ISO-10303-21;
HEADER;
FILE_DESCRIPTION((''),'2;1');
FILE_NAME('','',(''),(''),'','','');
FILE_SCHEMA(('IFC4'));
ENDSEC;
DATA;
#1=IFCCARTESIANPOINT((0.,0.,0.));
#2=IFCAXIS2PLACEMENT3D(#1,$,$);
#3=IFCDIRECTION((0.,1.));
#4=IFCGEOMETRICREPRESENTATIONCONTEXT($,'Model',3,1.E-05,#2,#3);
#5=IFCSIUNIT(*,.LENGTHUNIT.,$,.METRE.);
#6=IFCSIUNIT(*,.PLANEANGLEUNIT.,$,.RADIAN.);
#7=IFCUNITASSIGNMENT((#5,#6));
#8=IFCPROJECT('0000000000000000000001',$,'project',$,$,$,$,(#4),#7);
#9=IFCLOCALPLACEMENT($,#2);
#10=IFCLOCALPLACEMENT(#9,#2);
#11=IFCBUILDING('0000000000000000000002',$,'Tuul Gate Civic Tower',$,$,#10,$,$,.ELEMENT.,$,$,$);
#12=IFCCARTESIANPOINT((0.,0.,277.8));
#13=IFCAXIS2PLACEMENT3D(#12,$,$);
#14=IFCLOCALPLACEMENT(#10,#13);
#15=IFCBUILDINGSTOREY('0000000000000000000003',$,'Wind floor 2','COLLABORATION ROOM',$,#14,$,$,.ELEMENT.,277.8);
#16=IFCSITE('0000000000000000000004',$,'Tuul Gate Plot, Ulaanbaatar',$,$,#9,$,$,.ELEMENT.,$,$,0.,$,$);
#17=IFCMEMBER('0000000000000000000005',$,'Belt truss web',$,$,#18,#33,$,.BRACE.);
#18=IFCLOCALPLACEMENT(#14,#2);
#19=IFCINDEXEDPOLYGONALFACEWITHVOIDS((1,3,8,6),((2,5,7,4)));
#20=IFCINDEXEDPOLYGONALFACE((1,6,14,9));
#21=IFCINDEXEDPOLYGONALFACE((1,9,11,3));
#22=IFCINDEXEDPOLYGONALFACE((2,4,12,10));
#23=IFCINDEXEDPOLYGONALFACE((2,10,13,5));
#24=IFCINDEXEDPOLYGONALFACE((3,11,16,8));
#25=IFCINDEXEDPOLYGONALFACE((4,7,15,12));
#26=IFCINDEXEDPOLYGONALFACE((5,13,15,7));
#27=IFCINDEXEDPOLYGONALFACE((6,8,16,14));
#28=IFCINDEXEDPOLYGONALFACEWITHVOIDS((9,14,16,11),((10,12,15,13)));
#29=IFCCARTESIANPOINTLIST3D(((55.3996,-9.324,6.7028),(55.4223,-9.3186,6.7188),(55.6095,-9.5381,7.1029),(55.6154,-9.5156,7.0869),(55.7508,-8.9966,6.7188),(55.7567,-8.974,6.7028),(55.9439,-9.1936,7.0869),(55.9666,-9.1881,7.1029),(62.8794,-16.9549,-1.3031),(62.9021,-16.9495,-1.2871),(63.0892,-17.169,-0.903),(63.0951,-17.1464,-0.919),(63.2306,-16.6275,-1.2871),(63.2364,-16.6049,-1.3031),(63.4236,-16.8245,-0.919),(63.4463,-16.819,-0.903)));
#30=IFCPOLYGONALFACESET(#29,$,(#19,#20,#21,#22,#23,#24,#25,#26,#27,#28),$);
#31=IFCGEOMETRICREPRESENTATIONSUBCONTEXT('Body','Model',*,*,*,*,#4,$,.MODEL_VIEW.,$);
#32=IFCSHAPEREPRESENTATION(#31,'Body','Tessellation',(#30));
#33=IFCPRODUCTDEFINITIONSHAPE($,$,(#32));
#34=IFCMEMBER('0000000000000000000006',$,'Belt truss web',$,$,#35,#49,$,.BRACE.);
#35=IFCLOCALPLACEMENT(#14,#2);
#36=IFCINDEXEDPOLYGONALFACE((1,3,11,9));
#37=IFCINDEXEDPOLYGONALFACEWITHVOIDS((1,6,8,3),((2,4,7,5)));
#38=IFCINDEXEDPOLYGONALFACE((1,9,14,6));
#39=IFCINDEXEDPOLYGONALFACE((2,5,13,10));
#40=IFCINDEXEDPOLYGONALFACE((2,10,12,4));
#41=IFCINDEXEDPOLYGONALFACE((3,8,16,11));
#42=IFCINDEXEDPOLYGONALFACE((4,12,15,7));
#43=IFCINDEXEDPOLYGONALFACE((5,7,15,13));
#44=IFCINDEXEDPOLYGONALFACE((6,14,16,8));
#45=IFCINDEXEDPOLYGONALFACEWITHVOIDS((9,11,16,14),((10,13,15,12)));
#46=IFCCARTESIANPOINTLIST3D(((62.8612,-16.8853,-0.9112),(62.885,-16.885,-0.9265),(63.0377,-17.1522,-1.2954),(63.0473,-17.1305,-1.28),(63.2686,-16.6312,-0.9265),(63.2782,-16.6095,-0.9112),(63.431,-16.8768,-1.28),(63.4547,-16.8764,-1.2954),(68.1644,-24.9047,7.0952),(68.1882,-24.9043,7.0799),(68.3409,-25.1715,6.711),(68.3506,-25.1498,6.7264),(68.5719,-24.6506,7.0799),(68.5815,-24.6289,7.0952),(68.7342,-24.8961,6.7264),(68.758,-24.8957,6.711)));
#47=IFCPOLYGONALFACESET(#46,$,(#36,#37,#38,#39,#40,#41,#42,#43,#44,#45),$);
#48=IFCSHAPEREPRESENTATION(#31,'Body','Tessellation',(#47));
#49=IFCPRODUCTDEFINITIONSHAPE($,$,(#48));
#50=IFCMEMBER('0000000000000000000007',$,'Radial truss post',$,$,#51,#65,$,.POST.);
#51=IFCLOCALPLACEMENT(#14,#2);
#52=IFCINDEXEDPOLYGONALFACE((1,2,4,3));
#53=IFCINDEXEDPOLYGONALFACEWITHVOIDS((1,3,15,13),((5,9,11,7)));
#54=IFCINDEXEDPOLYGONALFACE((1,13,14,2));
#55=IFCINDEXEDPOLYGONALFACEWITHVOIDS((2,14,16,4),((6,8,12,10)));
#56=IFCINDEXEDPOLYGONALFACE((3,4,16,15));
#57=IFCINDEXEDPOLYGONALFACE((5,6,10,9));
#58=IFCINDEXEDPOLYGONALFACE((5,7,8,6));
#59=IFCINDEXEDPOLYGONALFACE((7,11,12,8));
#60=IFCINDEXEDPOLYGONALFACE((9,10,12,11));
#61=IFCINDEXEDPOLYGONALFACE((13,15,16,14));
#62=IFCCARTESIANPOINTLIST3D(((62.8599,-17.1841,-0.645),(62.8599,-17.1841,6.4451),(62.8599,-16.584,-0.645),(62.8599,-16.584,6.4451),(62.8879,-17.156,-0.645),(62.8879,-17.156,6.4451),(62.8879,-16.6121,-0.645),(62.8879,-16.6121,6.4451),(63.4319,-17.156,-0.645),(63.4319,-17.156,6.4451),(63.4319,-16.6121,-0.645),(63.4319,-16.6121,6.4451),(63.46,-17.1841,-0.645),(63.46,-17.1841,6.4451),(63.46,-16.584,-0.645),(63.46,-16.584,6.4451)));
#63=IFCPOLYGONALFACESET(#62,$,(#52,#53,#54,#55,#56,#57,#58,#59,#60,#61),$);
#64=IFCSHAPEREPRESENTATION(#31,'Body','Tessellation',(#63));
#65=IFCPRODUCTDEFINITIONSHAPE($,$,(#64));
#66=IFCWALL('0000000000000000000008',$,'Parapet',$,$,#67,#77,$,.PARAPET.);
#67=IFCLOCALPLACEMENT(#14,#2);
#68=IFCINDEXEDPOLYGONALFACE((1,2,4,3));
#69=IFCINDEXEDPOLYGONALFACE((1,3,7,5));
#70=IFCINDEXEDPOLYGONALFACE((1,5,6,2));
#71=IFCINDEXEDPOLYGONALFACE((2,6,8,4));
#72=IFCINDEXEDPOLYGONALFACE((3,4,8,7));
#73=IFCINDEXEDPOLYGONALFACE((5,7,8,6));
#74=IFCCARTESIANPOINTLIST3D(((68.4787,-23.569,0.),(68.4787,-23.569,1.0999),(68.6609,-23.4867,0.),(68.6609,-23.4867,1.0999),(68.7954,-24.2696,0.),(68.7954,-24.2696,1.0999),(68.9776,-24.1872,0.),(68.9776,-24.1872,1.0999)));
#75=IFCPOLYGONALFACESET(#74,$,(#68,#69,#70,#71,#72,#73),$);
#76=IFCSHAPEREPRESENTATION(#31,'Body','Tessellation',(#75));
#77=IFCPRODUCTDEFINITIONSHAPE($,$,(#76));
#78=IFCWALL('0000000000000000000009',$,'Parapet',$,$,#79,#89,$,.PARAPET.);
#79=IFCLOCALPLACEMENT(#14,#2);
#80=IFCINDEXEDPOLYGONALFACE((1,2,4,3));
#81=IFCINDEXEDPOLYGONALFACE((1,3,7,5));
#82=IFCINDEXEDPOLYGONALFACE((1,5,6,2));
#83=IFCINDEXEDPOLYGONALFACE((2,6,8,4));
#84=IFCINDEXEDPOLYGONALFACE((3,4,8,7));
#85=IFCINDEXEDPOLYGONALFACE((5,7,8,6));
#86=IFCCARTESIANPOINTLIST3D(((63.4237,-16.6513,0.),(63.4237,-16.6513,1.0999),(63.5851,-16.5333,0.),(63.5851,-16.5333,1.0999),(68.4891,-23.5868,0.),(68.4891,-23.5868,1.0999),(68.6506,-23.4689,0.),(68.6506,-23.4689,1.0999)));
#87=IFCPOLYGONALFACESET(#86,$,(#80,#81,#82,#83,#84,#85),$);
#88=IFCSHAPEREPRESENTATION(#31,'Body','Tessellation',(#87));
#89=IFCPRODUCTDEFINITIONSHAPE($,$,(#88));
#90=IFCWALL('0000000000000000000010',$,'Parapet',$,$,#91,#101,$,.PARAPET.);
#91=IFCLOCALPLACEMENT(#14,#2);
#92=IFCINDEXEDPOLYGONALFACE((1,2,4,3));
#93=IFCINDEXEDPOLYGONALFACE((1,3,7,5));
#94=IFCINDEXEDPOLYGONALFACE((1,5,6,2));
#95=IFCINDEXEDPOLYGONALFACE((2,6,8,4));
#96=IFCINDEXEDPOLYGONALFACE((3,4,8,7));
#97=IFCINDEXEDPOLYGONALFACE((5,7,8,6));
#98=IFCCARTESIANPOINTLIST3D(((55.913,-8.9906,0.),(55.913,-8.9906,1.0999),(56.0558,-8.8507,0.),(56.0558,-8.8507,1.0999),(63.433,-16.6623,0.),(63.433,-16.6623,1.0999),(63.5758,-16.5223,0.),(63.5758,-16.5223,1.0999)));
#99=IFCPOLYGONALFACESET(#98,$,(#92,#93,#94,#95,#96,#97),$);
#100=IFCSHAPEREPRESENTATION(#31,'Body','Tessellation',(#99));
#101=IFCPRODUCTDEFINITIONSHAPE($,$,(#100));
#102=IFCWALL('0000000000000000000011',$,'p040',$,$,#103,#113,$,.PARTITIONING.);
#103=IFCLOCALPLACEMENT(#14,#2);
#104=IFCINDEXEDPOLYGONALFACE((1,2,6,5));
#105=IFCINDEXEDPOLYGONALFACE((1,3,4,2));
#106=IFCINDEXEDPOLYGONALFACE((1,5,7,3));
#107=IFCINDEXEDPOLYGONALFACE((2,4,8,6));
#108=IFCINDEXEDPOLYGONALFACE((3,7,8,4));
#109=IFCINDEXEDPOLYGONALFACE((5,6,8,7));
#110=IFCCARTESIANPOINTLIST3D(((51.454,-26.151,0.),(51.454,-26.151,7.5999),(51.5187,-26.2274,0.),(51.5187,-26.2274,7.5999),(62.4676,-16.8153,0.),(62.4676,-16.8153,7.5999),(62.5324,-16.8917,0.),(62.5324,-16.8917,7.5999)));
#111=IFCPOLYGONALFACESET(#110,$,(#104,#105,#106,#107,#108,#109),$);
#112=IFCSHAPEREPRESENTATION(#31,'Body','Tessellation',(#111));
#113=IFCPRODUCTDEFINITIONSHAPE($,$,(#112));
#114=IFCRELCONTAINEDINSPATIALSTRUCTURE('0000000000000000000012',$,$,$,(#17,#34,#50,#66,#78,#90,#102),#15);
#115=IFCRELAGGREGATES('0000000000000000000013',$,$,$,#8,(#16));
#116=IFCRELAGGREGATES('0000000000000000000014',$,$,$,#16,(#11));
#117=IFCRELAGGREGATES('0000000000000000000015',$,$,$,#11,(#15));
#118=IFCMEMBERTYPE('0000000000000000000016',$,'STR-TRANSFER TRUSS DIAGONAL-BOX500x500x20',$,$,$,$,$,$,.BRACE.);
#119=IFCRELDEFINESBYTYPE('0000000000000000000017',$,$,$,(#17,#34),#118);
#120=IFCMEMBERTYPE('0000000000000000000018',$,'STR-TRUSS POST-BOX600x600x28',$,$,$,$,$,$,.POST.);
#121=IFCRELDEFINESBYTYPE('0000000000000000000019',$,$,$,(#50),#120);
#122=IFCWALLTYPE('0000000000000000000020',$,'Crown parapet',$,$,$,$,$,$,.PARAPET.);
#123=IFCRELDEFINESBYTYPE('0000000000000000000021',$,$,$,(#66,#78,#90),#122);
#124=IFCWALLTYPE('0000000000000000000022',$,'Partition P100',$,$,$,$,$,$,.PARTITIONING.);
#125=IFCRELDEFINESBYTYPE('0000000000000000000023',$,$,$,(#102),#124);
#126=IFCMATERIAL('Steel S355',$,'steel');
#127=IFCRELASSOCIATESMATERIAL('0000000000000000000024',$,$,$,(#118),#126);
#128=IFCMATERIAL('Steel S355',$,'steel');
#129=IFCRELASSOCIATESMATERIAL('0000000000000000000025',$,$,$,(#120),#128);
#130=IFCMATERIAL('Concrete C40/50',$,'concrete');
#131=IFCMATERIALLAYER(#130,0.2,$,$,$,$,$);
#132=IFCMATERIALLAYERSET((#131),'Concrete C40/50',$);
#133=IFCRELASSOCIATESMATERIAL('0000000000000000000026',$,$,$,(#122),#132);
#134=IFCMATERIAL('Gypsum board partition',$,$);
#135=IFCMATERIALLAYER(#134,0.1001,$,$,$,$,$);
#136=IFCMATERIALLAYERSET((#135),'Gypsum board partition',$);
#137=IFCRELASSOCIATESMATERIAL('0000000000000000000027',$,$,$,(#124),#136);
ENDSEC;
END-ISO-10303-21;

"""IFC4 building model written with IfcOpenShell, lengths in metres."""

from ifc_helpers import new_model, si_unit, direction, frame, frame_2d, origin, origin_2d, place, context, subcontext, project, spatial, rectangle, hollow_rectangle, extrude, material, layer, layer_set, material_profile, profile_set, type_object, element, save


model = new_model("IFC4")

# Units and contexts
model_context = context("Model", 3, precision=1e-05, world=origin(), true_north=direction((0.0, 1.0)))
body_context = subcontext(model_context, "Body", "Model", "MODEL_VIEW")
ifc_project = project(units=[si_unit("LENGTHUNIT", "METRE"), si_unit("PLANEANGLEUNIT", "RADIAN")], contexts=[model_context])

# Site, building, storey
site_placement = place(None, origin())
site = spatial("IfcSite", under=ifc_project, at=site_placement, Name="Tuul Gate Plot, Ulaanbaatar", CompositionType="ELEMENT", RefElevation=0.0)
building_placement = place(site_placement, origin())
building = spatial("IfcBuilding", under=site, at=building_placement, Name="Tuul Gate Civic Tower", CompositionType="ELEMENT")
storey_placement = place(building_placement, frame((0.0, 0.0, 277.8)))
storey = spatial("IfcBuildingStorey", under=building, at=storey_placement, Name="Wind floor 2", Description="COLLABORATION ROOM", CompositionType="ELEMENT", Elevation=277.8)

# Members
ifc_material_1 = material(Name="Steel S355", Category="steel")
ifc_material_profile_1 = material_profile(ifc_material_1, hollow_rectangle(XDim=0.5, YDim=0.5, WallThickness=0.02, at=origin_2d()), Name="BOX500x500x20")
ifc_profile_set_1 = profile_set([ifc_material_profile_1], Name="Steel S355")
member_type_1 = type_object("IfcMemberType", Name="STR-TRANSFER TRUSS DIAGONAL-BOX500x500x20", PredefinedType="BRACE", material=ifc_profile_set_1)
member_1_placement = place(storey_placement, frame((63.1628, -16.887, -1.103), z_axis=(-0.560205, 0.571523, 0.59961), x_axis=(-0.714143, -0.7, 0.0)))
element("IfcMember", 1, at=member_1_placement, inside=storey, type_object=member_type_1, Name="Belt truss web", PredefinedType="BRACE", context=body_context, shape_type="SweptSolid", body=[
    extrude(hollow_rectangle(XDim=0.5, YDim=0.5, WallThickness=0.02, at=origin_2d()), origin(), (0.0, 0.0, 1.0), 13.3518),
])
member_2_placement = place(storey_placement, frame((63.158, -16.8809, -1.1033), z_axis=(0.423872, -0.640959, 0.639925), x_axis=(0.834107, 0.551602, 0.0)))
element("IfcMember", 2, at=member_2_placement, inside=storey, type_object=member_type_1, Name="Belt truss web", PredefinedType="BRACE", context=body_context, shape_type="SweptSolid", body=[
    extrude(hollow_rectangle(XDim=0.5, YDim=0.5, WallThickness=0.02, at=origin_2d()), origin(), (0.0, 0.0, 1.0), 12.5115),
])
ifc_material_2 = material(Name="Steel S355", Category="steel")
ifc_material_profile_2 = material_profile(ifc_material_2, hollow_rectangle(XDim=0.6001, YDim=0.6001, WallThickness=0.0281, at=origin_2d()), Name="BOX600x600x28")
ifc_profile_set_2 = profile_set([ifc_material_profile_2], Name="Steel S355")
member_type_2 = type_object("IfcMemberType", Name="STR-TRUSS POST-BOX600x600x28", PredefinedType="POST", material=ifc_profile_set_2)
member_3_placement = place(storey_placement, frame((63.1599, -16.884, -0.645), z_axis=(0.0, 0.0, 1.0), x_axis=(1.0, 0.0, 0.0)))
element("IfcMember", 3, at=member_3_placement, inside=storey, type_object=member_type_2, Name="Radial truss post", PredefinedType="POST", context=body_context, shape_type="SweptSolid", body=[
    extrude(hollow_rectangle(XDim=0.6001, YDim=0.6001, WallThickness=0.0281, at=origin_2d()), origin(), (0.0, 0.0, 1.0), 7.0901),
])

# Walls
ifc_material_3 = material(Name="Concrete C40/50", Category="concrete")
ifc_layer_1 = layer(ifc_material_3, 0.2)
ifc_layer_set_1 = layer_set([ifc_layer_1], Name="Concrete C40/50")
wall_type_1 = type_object("IfcWallType", Name="Crown parapet", PredefinedType="PARAPET", material=ifc_layer_set_1)
wall_1_placement = place(storey_placement, frame((68.8865, -24.2283, 0.0), z_axis=(0.0, 0.0, 1.0), x_axis=(-0.411936, 0.911213, 0.0)))
element("IfcWall", 4, at=wall_1_placement, inside=storey, type_object=wall_type_1, Name="Parapet", PredefinedType="PARAPET", context=body_context, shape_type="SweptSolid", body=[
    extrude(rectangle(XDim=0.7688, YDim=0.2, at=frame_2d((0.3843, 0.0))), origin(), (0.0, 0.0, 1.0), 1.0999),
])
wall_2_placement = place(storey_placement, frame((68.5698, -23.5278, 0.0), z_axis=(0.0, 0.0, 1.0), x_axis=(-0.5898, 0.807549, 0.0)))
element("IfcWall", 5, at=wall_2_placement, inside=storey, type_object=wall_type_1, Name="Parapet", PredefinedType="PARAPET", context=body_context, shape_type="SweptSolid", body=[
    extrude(rectangle(XDim=8.5884, YDim=0.2, at=frame_2d((4.2942, 0.0))), origin(), (0.0, 0.0, 1.0), 1.0999),
])
wall_3_placement = place(storey_placement, frame((63.5044, -16.5923, 0.0), z_axis=(0.0, 0.0, 1.0), x_axis=(-0.700015, 0.714128, 0.0)))
element("IfcWall", 6, at=wall_3_placement, inside=storey, type_object=wall_type_1, Name="Parapet", PredefinedType="PARAPET", context=body_context, shape_type="SweptSolid", body=[
    extrude(rectangle(XDim=10.7427, YDim=0.2, at=frame_2d((5.3713, 0.0))), origin(), (0.0, 0.0, 1.0), 1.0999),
])
ifc_material_4 = material(Name="Gypsum board partition")
ifc_layer_2 = layer(ifc_material_4, 0.1001)
ifc_layer_set_2 = layer_set([ifc_layer_2], Name="Gypsum board partition")
wall_type_2 = type_object("IfcWallType", Name="Partition P100", PredefinedType="PARTITIONING", material=ifc_layer_set_2)
wall_4_placement = place(storey_placement, frame((62.5, -16.8535, 0.0), z_axis=(0.0, 0.0, 1.0), x_axis=(-0.762825, -0.646605, 0.0)))
element("IfcWall", 7, at=wall_4_placement, inside=storey, type_object=wall_type_2, Name="p040", PredefinedType="PARTITIONING", context=body_context, shape_type="SweptSolid", body=[
    extrude(rectangle(XDim=14.438, YDim=0.1001, at=frame_2d((7.219, 0.0))), origin(), (0.0, 0.0, 1.0), 7.5999),
])

save(model, "model.ifc")
